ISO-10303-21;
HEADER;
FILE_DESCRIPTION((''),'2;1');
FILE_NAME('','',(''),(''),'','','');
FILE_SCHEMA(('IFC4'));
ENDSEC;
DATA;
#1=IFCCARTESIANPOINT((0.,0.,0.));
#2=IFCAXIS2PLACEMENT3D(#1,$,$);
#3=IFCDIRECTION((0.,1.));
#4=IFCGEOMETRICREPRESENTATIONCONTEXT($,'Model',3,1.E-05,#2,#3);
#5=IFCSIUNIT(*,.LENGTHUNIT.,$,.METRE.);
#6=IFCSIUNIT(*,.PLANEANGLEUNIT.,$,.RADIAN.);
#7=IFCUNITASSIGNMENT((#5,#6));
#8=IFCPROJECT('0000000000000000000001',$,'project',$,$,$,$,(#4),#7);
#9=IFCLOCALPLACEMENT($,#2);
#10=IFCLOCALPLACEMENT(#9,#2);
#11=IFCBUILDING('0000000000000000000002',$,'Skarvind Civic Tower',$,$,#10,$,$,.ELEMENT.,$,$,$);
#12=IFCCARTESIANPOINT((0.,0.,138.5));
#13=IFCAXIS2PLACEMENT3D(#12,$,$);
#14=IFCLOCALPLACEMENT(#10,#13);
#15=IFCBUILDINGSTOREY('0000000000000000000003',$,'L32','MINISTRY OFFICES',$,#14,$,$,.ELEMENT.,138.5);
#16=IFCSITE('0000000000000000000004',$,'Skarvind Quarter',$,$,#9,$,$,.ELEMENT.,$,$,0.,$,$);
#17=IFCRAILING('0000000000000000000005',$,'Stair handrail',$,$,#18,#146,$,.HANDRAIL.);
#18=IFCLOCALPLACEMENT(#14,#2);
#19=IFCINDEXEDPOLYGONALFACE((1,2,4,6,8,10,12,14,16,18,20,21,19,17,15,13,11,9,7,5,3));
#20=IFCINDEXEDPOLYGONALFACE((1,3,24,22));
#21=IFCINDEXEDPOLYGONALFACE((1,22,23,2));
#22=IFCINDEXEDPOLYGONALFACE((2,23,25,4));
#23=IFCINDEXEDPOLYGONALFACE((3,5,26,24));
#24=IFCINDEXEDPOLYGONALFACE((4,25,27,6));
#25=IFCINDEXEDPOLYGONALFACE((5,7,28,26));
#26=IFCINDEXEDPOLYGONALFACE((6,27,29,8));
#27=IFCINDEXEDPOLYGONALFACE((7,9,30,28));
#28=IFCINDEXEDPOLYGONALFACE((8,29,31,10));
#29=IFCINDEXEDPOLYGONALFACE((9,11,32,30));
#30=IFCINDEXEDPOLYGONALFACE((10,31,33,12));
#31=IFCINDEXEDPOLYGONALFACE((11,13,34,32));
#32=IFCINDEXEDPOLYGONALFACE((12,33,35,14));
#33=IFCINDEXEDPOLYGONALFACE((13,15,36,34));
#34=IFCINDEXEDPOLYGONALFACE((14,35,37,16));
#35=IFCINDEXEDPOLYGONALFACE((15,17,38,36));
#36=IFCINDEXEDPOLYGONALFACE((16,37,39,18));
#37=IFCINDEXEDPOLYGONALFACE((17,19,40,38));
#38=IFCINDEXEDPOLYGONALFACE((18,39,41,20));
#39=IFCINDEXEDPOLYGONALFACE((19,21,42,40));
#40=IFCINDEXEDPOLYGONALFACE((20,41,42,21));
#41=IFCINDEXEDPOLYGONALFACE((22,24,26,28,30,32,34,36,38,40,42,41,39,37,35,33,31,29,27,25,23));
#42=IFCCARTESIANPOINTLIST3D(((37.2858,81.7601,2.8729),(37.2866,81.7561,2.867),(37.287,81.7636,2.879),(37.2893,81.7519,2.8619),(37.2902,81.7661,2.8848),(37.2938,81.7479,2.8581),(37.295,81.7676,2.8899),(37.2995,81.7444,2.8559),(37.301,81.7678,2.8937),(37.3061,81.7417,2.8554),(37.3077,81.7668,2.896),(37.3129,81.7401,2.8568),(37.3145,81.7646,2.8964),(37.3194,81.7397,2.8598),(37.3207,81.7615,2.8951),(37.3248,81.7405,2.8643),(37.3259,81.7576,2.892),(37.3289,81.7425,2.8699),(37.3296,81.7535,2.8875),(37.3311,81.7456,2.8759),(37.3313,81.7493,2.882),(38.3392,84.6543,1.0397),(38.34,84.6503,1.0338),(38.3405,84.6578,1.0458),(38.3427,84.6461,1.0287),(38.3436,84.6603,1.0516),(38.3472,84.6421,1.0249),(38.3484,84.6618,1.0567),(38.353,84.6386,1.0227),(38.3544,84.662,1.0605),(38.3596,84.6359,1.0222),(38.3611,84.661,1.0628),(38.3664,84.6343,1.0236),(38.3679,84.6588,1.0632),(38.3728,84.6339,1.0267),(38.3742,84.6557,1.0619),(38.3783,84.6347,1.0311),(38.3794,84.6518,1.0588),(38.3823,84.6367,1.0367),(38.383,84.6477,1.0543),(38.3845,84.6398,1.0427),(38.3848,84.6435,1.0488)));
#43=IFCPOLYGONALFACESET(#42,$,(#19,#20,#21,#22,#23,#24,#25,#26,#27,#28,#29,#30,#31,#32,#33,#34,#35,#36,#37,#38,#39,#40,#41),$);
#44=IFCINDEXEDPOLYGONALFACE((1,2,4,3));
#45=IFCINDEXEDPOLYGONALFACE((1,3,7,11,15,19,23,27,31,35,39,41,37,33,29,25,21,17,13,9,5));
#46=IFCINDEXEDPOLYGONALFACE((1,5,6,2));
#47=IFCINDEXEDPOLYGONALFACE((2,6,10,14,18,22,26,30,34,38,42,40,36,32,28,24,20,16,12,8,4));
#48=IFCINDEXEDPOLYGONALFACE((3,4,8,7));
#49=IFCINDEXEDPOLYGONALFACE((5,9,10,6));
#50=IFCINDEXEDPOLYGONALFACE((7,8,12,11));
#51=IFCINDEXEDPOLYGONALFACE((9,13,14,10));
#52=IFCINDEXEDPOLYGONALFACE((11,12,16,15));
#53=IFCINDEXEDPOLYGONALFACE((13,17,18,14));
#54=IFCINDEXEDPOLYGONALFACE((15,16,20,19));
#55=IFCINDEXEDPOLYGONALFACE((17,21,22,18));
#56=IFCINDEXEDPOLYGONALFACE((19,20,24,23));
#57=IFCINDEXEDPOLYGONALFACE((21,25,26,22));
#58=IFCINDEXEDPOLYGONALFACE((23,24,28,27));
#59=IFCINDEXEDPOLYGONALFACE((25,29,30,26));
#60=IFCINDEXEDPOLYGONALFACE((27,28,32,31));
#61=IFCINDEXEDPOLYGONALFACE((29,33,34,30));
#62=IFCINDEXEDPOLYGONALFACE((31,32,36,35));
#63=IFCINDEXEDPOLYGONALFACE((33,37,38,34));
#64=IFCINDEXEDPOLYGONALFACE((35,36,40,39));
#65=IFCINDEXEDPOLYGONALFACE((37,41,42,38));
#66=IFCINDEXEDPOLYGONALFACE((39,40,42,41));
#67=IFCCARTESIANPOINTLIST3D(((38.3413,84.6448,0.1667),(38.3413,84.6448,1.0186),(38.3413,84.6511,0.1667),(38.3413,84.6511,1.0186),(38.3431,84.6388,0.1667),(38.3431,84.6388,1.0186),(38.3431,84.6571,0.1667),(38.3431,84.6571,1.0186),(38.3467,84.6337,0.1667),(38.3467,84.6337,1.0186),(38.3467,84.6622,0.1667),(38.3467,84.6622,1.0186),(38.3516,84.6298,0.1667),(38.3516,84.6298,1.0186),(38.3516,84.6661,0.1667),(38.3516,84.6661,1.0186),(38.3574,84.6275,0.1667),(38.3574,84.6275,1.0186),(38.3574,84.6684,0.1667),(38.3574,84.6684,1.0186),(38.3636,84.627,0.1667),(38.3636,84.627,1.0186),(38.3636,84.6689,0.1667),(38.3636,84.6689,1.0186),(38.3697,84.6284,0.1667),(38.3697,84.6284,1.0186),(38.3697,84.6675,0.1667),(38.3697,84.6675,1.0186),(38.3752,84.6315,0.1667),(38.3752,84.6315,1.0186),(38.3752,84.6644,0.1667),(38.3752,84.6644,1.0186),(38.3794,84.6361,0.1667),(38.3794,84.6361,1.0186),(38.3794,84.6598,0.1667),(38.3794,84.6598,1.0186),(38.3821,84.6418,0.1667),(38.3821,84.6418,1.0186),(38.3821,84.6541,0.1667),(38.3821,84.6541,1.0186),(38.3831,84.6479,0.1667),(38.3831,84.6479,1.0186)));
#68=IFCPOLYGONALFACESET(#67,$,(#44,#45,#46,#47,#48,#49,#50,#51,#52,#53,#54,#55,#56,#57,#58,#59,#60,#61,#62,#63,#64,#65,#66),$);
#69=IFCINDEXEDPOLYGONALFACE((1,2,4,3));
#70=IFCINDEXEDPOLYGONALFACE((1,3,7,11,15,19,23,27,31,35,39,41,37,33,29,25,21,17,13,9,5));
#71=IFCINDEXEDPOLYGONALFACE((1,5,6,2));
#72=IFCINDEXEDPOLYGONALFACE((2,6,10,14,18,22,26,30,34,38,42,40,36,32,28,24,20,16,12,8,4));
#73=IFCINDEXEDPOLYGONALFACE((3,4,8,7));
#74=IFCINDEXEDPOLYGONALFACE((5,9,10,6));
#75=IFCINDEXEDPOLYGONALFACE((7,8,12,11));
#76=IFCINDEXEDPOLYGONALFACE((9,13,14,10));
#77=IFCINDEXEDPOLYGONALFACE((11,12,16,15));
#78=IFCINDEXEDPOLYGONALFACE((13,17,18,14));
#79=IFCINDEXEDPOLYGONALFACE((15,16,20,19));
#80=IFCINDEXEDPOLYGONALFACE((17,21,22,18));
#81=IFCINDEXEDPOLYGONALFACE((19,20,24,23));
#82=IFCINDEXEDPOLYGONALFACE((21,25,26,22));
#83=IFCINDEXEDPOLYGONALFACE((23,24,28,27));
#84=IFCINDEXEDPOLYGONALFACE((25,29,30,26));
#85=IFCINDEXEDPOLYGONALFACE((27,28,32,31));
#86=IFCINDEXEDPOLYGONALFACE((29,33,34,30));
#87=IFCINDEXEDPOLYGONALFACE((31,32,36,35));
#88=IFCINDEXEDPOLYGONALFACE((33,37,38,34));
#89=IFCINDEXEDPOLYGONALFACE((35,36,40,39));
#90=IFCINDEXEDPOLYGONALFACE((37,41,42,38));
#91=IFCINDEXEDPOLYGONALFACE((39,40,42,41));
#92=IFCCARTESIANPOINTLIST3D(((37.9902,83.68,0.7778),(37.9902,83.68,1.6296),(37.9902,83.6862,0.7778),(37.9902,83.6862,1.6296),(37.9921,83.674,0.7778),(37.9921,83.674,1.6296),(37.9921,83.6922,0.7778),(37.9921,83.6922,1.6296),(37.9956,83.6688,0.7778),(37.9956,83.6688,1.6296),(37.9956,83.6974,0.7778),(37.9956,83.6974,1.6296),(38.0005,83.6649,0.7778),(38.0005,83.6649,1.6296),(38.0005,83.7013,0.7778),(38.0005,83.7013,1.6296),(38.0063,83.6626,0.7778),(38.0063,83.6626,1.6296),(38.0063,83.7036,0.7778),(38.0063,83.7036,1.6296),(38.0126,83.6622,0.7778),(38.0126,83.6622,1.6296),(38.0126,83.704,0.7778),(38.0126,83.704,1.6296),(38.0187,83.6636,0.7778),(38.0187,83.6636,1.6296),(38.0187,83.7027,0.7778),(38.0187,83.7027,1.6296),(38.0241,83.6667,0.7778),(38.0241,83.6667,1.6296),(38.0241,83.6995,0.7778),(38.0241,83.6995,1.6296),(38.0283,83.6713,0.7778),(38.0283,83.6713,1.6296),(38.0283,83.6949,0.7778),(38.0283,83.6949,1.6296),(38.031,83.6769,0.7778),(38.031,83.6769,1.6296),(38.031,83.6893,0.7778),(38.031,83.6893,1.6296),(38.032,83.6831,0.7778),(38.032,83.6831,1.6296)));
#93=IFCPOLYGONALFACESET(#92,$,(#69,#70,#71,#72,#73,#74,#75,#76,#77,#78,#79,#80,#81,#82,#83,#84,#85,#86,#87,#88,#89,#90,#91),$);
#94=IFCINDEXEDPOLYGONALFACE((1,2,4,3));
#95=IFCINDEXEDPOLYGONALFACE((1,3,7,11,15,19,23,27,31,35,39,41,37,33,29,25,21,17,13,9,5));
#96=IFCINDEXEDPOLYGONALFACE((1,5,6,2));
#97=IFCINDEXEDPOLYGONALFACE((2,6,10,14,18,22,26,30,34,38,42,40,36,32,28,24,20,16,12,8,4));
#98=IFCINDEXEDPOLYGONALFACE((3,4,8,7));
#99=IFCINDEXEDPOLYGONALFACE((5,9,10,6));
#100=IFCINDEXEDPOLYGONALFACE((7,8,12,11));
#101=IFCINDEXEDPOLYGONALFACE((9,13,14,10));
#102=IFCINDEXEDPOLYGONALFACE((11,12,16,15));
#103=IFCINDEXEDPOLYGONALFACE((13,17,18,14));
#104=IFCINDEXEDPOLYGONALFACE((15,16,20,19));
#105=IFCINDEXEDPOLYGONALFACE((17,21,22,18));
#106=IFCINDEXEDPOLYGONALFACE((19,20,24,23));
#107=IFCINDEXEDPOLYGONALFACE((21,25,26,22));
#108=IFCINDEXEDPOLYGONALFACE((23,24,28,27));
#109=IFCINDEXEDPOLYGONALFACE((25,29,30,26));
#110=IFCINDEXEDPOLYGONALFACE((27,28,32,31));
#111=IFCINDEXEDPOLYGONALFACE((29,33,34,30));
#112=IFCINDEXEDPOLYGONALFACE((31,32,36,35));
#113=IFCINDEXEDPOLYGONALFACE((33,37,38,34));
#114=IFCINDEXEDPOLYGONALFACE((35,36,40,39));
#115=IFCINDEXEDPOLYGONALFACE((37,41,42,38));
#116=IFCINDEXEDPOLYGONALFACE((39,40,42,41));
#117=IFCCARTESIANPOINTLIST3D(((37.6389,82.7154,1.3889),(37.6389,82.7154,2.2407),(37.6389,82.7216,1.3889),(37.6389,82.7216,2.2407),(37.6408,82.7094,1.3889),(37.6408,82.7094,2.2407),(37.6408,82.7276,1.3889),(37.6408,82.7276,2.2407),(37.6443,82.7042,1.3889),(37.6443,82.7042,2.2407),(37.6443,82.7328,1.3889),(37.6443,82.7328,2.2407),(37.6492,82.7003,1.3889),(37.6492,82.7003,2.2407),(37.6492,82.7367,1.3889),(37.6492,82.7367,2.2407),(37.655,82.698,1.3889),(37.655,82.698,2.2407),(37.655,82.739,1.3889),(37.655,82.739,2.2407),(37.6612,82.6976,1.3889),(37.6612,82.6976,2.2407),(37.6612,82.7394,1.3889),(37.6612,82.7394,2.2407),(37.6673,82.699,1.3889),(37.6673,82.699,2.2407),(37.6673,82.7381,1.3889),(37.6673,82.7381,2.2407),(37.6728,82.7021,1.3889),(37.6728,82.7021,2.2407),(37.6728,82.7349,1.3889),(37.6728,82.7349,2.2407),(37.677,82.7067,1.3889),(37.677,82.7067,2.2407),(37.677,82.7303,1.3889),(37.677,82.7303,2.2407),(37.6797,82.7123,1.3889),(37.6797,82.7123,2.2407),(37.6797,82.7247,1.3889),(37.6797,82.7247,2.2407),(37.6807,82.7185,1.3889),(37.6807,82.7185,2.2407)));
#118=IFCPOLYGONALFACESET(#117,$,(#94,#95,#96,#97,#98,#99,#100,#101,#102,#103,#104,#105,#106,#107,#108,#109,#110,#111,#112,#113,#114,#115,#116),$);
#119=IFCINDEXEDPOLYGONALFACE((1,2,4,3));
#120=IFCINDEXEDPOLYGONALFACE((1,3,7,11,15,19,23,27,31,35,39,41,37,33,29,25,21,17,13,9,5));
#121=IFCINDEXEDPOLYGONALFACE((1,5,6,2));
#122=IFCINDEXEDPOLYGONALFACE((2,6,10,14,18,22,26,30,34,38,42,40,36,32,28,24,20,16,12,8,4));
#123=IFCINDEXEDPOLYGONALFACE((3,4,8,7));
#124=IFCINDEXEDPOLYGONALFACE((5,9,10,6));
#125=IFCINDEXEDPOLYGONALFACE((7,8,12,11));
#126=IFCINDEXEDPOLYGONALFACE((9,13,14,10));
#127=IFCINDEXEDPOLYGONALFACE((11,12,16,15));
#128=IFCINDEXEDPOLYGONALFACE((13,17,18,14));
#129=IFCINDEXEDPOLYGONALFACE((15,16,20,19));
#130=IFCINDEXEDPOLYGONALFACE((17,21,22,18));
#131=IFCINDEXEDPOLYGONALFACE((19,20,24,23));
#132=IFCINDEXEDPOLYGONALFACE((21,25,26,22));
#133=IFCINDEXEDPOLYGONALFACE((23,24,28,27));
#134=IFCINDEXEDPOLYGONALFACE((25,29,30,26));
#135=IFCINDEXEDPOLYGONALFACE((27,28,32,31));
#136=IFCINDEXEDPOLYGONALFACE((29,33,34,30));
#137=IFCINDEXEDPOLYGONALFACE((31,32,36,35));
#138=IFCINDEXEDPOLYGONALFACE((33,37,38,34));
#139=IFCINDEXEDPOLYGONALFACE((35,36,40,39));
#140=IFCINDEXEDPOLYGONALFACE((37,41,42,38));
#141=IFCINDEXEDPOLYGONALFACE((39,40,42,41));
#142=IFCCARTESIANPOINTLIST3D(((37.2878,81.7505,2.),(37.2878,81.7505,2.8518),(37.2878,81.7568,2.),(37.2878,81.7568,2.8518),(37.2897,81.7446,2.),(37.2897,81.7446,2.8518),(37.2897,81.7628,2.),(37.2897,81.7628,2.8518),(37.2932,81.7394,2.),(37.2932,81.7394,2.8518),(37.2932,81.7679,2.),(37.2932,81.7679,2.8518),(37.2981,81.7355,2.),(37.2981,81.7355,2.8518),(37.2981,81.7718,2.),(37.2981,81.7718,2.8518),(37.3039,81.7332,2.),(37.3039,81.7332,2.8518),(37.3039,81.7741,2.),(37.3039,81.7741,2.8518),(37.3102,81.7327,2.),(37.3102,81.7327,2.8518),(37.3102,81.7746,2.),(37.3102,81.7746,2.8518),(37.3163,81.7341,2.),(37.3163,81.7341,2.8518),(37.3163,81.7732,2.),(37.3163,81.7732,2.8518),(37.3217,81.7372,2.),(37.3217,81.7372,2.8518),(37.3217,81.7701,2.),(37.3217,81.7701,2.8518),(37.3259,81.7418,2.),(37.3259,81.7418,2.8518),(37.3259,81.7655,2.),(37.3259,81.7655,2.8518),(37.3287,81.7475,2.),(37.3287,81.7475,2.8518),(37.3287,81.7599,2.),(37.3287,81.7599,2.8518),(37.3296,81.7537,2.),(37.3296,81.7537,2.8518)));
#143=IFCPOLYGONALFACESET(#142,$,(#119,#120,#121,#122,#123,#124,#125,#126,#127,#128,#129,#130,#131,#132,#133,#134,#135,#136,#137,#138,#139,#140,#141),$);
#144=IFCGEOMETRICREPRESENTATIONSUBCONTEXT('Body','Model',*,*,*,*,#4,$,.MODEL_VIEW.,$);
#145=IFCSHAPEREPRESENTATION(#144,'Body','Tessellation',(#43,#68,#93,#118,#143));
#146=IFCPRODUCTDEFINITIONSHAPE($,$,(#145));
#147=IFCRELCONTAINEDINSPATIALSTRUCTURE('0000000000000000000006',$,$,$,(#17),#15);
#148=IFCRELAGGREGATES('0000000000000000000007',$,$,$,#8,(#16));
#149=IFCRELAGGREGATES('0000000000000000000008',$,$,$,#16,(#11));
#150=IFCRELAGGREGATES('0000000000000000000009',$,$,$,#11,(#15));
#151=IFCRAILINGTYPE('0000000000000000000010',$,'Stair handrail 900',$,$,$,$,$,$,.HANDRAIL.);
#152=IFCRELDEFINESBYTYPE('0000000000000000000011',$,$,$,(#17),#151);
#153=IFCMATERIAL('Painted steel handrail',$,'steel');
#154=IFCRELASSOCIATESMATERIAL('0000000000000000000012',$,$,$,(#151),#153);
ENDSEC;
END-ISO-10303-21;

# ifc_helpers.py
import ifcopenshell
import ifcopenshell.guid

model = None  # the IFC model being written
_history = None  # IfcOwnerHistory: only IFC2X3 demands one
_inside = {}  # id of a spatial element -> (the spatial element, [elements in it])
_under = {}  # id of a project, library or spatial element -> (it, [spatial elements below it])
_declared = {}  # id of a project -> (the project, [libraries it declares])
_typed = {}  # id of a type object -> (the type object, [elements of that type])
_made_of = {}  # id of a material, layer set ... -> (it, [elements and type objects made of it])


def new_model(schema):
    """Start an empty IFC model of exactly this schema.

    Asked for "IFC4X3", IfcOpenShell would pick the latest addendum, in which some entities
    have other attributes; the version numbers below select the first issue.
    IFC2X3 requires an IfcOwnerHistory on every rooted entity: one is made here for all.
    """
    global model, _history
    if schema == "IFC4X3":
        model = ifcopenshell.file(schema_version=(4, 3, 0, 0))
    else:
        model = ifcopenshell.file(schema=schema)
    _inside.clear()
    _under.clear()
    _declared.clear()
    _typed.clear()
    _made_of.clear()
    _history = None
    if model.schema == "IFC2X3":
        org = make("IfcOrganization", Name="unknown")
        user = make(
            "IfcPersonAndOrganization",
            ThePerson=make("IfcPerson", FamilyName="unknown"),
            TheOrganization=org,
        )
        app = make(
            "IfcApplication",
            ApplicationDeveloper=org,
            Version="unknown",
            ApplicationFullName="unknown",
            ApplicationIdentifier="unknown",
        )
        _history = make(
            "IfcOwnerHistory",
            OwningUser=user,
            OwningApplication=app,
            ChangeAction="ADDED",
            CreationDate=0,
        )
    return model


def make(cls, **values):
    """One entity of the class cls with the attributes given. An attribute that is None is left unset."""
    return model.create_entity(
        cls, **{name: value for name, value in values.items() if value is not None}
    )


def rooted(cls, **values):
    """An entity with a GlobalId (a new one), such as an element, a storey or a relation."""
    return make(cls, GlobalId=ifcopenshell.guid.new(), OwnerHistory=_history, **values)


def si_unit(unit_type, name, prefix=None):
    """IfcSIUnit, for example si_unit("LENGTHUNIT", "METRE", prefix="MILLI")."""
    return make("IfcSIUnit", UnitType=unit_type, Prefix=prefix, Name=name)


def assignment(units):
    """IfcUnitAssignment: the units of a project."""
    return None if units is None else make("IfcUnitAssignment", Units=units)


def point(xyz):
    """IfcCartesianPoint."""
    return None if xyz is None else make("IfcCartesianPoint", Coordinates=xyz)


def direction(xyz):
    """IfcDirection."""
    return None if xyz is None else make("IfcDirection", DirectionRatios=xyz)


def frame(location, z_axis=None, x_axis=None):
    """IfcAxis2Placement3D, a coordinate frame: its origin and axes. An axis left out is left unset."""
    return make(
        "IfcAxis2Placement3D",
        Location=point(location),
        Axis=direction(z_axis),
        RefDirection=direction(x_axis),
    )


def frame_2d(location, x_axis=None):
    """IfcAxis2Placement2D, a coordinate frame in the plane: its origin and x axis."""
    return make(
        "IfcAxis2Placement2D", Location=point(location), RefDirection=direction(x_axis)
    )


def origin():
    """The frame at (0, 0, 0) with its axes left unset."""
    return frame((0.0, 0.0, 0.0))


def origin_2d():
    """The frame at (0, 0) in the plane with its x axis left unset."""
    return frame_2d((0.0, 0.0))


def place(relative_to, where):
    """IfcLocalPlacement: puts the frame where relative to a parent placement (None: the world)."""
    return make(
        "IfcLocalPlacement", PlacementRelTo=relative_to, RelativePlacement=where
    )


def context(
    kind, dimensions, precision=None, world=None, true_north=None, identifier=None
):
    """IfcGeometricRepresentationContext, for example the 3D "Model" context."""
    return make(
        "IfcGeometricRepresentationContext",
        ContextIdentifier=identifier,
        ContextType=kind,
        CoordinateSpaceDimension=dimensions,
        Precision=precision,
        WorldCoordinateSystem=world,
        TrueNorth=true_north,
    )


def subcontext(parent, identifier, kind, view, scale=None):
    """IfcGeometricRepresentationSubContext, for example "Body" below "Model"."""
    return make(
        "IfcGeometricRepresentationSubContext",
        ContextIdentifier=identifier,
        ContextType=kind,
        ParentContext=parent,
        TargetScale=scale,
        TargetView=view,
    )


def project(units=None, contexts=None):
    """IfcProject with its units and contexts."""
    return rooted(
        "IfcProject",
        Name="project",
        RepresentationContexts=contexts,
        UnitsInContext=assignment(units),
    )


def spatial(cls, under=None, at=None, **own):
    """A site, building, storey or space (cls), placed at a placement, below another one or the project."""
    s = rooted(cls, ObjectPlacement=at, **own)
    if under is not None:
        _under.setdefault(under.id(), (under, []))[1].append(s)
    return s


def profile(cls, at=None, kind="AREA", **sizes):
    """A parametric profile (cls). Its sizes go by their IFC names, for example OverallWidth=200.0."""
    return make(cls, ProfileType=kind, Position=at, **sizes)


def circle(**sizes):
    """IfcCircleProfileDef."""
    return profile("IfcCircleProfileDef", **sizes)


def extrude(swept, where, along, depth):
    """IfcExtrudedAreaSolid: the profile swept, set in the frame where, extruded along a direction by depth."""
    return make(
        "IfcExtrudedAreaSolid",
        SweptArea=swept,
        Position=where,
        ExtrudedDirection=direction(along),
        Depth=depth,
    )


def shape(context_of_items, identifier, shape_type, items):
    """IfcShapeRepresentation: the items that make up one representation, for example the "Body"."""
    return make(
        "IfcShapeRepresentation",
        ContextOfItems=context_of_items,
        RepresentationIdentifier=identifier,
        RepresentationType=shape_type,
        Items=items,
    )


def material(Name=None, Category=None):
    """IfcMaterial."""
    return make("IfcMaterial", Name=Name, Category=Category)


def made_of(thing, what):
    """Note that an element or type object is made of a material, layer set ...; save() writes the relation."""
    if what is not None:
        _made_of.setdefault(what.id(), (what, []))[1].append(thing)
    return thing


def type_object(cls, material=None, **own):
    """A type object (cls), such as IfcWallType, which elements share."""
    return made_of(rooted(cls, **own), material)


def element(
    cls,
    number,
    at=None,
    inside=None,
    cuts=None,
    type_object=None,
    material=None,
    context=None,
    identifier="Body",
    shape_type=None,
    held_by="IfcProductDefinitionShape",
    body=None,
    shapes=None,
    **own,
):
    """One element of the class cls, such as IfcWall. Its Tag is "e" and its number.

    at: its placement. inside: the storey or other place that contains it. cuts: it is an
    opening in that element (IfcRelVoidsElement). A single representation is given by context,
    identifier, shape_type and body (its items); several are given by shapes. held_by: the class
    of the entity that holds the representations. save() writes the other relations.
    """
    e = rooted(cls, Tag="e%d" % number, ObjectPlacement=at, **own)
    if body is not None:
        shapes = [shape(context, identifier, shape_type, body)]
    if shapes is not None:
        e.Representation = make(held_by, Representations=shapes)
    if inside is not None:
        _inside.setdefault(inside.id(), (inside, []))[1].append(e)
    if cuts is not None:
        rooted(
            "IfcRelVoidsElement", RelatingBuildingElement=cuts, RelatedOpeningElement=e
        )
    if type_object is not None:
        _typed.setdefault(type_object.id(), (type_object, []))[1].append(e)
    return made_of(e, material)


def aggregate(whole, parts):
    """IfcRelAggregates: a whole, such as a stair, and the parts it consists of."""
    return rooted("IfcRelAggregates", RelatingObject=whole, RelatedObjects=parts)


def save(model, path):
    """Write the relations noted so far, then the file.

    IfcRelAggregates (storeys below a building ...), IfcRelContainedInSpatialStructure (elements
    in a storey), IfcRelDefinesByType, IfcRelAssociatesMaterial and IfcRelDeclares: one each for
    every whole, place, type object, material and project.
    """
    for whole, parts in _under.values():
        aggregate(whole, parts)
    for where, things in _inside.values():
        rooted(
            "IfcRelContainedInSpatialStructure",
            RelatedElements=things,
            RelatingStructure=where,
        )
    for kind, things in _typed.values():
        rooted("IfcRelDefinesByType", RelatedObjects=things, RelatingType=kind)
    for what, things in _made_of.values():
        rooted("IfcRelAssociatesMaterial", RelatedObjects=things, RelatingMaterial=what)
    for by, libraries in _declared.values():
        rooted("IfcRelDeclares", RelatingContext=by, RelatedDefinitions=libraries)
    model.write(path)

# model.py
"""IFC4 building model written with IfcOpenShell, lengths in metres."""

from ifc_helpers import new_model, si_unit, direction, frame, origin, origin_2d, place, context, subcontext, project, spatial, circle, extrude, material, type_object, element, save


model = new_model("IFC4")

# Units and contexts
model_context = context("Model", 3, precision=1e-05, world=origin(), true_north=direction((0.0, 1.0)))
body_context = subcontext(model_context, "Body", "Model", "MODEL_VIEW")
ifc_project = project(units=[si_unit("LENGTHUNIT", "METRE"), si_unit("PLANEANGLEUNIT", "RADIAN")], contexts=[model_context])

# Site, building, storey
site_placement = place(None, origin())
site = spatial("IfcSite", under=ifc_project, at=site_placement, Name="Skarvind Quarter", CompositionType="ELEMENT", RefElevation=0.0)
building_placement = place(site_placement, origin())
building = spatial("IfcBuilding", under=site, at=building_placement, Name="Skarvind Civic Tower", CompositionType="ELEMENT")
storey_placement = place(building_placement, frame((0.0, 0.0, 138.5)))
storey = spatial("IfcBuildingStorey", under=building, at=storey_placement, Name="L32", Description="MINISTRY OFFICES", CompositionType="ELEMENT", Elevation=138.5)

# Railing
ifc_material_1 = material(Name="Painted steel handrail", Category="steel")
railing_type = type_object("IfcRailingType", Name="Stair handrail 900", PredefinedType="HANDRAIL", material=ifc_material_1)
railing_placement = place(storey_placement, frame((38.3621, 84.6479, 0.1667)))
element("IfcRailing", 1, at=railing_placement, inside=storey, type_object=railing_type, Name="Stair handrail", PredefinedType="HANDRAIL", context=body_context, shape_type="SweptSolid", body=[
    extrude(circle(Radius=0.0239, at=origin_2d()), frame((0.0, 0.0, 0.876), z_axis=(-0.293908, -0.807481, 0.511461), x_axis=(0.939689, -0.342029, 0.0)), (0.0, 0.0, 1.0), 3.5842),
    extrude(circle(Radius=0.021, at=origin_2d()), origin(), (0.0, 0.0, 1.0), 0.8518),
    extrude(circle(Radius=0.021, at=origin_2d()), frame((-0.3511, -0.9648, 0.6111)), (0.0, 0.0, 1.0), 0.8518),
    extrude(circle(Radius=0.021, at=origin_2d()), frame((-0.7024, -1.9294, 1.2222)), (0.0, 0.0, 1.0), 0.8518),
    extrude(circle(Radius=0.021, at=origin_2d()), frame((-1.0535, -2.8943, 1.8333)), (0.0, 0.0, 1.0), 0.8518),
])

save(model, "model.ifc")
